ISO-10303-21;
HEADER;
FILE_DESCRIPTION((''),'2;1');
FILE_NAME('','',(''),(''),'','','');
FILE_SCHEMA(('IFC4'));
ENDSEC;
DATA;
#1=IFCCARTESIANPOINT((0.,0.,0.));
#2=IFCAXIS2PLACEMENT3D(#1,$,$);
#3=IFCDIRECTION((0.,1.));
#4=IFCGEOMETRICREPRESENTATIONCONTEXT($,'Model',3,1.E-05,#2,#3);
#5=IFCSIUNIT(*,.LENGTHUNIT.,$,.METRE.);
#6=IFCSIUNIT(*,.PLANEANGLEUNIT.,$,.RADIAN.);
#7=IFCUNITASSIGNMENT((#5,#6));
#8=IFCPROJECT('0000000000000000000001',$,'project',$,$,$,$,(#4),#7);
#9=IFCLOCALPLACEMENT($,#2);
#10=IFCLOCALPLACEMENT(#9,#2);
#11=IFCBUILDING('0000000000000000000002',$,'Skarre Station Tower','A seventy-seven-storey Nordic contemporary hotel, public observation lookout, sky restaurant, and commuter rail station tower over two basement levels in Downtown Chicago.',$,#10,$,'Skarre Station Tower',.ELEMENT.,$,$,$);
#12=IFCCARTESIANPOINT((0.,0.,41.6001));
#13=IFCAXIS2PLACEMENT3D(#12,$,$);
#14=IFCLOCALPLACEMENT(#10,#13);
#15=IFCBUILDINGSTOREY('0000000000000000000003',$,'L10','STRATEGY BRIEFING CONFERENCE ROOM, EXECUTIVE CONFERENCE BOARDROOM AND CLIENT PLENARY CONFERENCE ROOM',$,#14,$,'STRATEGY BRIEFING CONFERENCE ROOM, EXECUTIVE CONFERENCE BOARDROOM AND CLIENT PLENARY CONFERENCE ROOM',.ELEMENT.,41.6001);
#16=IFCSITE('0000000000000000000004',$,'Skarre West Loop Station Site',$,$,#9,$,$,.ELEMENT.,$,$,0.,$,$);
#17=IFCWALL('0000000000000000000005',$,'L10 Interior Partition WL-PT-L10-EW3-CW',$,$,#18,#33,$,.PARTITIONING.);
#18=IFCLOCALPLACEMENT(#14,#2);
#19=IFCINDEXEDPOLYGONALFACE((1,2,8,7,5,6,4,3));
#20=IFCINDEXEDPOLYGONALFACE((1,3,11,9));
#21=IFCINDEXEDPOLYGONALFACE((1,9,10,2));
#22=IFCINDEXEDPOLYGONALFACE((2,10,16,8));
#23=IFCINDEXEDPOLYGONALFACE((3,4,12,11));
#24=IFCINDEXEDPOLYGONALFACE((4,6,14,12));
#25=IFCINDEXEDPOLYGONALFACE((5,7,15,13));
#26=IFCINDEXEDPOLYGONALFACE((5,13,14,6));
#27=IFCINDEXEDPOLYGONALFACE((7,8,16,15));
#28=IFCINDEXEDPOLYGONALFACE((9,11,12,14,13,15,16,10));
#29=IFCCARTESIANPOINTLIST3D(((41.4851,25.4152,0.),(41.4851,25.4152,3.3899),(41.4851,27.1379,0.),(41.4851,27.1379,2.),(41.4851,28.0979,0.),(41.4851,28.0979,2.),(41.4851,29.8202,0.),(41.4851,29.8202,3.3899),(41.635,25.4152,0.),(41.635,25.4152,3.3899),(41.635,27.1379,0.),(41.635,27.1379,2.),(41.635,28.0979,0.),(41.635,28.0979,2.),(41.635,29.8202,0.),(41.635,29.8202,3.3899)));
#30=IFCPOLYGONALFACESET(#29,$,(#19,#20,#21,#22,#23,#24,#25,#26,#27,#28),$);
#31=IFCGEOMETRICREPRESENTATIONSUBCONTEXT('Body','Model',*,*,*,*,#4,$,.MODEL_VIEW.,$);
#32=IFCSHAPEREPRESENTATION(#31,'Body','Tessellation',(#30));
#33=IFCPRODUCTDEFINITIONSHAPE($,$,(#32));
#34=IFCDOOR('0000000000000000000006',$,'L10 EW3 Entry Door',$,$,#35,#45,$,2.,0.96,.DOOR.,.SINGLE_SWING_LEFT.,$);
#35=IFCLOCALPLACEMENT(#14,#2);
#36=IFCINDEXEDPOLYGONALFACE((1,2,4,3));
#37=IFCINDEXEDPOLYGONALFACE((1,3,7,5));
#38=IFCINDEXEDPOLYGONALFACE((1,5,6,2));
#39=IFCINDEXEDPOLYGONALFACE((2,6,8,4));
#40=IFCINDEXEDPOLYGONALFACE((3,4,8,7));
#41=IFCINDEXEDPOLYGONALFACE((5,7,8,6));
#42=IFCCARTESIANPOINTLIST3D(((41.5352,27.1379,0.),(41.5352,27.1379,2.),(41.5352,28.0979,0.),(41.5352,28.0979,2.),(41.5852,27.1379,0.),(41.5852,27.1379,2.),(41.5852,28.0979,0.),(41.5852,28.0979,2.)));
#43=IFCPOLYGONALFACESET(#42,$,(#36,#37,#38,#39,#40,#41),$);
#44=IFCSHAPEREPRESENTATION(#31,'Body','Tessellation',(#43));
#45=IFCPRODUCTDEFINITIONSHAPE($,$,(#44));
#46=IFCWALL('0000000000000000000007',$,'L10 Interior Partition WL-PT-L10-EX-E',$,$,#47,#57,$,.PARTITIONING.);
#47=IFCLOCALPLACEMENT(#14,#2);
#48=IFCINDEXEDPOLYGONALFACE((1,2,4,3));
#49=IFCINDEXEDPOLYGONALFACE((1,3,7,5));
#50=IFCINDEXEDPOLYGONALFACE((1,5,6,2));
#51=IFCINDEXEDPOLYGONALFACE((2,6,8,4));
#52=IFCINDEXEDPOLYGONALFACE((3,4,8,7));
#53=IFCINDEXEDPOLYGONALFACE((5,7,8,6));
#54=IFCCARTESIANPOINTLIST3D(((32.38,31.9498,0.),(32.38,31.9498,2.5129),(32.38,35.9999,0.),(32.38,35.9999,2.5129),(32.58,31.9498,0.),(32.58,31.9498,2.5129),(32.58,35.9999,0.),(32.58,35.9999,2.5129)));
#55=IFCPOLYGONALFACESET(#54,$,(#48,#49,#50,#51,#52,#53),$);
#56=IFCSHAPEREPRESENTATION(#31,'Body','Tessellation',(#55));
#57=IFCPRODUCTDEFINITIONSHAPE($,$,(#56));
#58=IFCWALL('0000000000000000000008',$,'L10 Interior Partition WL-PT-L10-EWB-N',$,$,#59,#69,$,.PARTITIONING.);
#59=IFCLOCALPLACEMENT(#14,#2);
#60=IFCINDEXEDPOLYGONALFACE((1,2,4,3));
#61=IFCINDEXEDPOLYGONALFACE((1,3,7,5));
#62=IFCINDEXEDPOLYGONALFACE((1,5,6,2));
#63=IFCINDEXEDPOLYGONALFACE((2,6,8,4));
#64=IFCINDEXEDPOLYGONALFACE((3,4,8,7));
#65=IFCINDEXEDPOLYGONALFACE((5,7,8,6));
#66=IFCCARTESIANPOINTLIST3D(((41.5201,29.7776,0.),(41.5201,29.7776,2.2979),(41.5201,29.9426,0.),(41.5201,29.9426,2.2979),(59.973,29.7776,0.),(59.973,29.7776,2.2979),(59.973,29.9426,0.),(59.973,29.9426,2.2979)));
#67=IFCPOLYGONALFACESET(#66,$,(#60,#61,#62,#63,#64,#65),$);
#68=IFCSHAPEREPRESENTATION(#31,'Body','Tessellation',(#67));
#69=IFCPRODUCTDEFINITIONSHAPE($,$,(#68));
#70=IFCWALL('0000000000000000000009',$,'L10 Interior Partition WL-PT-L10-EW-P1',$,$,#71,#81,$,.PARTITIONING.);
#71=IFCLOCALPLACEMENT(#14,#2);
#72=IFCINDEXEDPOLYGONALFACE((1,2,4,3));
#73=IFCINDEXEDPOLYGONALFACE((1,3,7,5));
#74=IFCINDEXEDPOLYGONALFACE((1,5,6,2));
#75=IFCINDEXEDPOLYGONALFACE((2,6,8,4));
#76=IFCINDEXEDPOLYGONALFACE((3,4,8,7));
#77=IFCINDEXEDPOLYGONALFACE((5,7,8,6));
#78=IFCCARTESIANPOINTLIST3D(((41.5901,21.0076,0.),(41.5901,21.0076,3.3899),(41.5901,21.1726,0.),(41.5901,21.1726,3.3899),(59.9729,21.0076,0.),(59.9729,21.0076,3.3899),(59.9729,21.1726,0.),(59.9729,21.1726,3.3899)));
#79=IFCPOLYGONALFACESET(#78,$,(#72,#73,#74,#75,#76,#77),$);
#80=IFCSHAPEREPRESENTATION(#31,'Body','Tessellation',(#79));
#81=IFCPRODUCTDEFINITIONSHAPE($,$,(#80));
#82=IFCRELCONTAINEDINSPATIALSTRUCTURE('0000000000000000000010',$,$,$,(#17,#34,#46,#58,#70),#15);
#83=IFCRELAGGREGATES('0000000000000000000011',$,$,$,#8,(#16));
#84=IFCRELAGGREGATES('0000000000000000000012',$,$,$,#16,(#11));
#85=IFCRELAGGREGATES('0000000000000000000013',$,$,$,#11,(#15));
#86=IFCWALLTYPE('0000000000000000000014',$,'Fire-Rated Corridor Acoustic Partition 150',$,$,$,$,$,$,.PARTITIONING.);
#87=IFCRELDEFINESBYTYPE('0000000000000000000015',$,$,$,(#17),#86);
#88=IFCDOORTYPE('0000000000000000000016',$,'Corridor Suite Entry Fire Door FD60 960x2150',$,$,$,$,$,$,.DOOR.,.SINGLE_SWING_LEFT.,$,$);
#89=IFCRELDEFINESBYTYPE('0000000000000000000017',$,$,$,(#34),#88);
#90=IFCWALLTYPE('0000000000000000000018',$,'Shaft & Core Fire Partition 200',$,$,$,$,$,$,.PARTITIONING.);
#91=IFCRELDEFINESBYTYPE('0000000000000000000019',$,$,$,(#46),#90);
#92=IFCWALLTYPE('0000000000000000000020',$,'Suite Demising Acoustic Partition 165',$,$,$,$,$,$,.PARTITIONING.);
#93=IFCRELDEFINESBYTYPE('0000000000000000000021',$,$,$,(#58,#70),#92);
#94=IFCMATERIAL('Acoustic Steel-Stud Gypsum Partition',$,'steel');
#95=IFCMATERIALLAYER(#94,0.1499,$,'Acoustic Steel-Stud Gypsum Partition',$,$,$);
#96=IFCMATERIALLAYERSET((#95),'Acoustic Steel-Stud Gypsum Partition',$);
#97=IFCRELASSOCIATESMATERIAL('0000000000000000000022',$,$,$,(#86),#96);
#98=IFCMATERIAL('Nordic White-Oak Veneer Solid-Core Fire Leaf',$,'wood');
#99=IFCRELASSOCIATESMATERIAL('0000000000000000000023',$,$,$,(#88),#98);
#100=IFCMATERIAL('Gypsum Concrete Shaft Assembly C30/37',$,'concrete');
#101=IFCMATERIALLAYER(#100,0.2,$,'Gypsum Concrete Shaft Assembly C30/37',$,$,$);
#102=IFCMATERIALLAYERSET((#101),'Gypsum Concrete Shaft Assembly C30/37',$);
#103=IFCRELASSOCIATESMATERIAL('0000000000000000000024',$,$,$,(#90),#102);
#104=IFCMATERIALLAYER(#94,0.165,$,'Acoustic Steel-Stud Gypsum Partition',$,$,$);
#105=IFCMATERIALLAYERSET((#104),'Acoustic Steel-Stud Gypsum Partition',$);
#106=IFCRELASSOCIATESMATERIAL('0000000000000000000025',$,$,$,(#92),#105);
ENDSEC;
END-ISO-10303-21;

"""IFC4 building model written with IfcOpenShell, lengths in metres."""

from ifc_helpers import new_model, si_unit, direction, frame, frame_2d, origin, place, context, subcontext, project, spatial, rectangle, extrude, material, layer, layer_set, type_object, element, fill, save


model = new_model("IFC4")

# Units and contexts
model_context = context("Model", 3, precision=1e-05, world=origin(), true_north=direction((0.0, 1.0)))
body_context = subcontext(model_context, "Body", "Model", "MODEL_VIEW")
ifc_project = project(units=[si_unit("LENGTHUNIT", "METRE"), si_unit("PLANEANGLEUNIT", "RADIAN")], contexts=[model_context])

# Site, building, storey
site_placement = place(None, origin())
site = spatial("IfcSite", under=ifc_project, at=site_placement, Name="Skarre West Loop Station Site", CompositionType="ELEMENT", RefElevation=0.0)
building_placement = place(site_placement, origin())
building = spatial("IfcBuilding", under=site, at=building_placement, Name="Skarre Station Tower", Description="A seventy-seven-storey Nordic contemporary hotel, public observation lookout, sky restaurant, and commuter rail station tower over two basement levels in Downtown Chicago.", LongName="Skarre Station Tower", CompositionType="ELEMENT")
storey_placement = place(building_placement, frame((0.0, 0.0, 41.6001)))
storey = spatial("IfcBuildingStorey", under=building, at=storey_placement, Name="L10", Description="STRATEGY BRIEFING CONFERENCE ROOM, EXECUTIVE CONFERENCE BOARDROOM AND CLIENT PLENARY CONFERENCE ROOM", LongName="STRATEGY BRIEFING CONFERENCE ROOM, EXECUTIVE CONFERENCE BOARDROOM AND CLIENT PLENARY CONFERENCE ROOM", CompositionType="ELEMENT", Elevation=41.6001)

# Shared definitions
ifc_material_1 = material(Name="Acoustic Steel-Stud Gypsum Partition", Category="steel")
ifc_layer_1 = layer(ifc_material_1, 0.1499, Name="Acoustic Steel-Stud Gypsum Partition")
ifc_layer_set_1 = layer_set([ifc_layer_1], Name="Acoustic Steel-Stud Gypsum Partition")
wall_type_1 = type_object("IfcWallType", Name="Fire-Rated Corridor Acoustic Partition 150", PredefinedType="PARTITIONING", material=ifc_layer_set_1)

# Wall, opening, door
ifc_material_2 = material(Name="Nordic White-Oak Veneer Solid-Core Fire Leaf", Category="wood")
door_type = type_object("IfcDoorType", Name="Corridor Suite Entry Fire Door FD60 960x2150", OperationType="SINGLE_SWING_LEFT", PredefinedType="DOOR", material=ifc_material_2)
wall_1_placement = place(storey_placement, frame((41.5601, 25.415, 0.0), z_axis=(0.0, 0.0, 1.0), x_axis=(0.0, 1.0, 0.0)))
wall_1 = element("IfcWall", 1, at=wall_1_placement, inside=storey, type_object=wall_type_1, Name="L10 Interior Partition WL-PT-L10-EW3-CW", PredefinedType="PARTITIONING", context=body_context, shape_type="SweptSolid", body=[
    extrude(rectangle(XDim=4.405, YDim=0.1499, at=frame_2d((2.2026, 0.0))), origin(), (0.0, 0.0, 1.0), 3.3899),
])
opening_1_placement = place(wall_1_placement, frame((1.7229, 0.0, 0.0)))
opening_1 = element("IfcOpeningElement", 2, at=opening_1_placement, cuts=wall_1, PredefinedType="OPENING", context=body_context, shape_type="SweptSolid", body=[
    extrude(rectangle(XDim=0.96, YDim=2.0, at=frame_2d((0.48, 1.0))), frame((0.0, 0.085, 0.0), z_axis=(0.0, -1.0, 0.0), x_axis=(1.0, 0.0, 0.0)), (0.0, 0.0, 1.0), 0.1699),
])
door_1_placement = place(opening_1_placement, origin())
door_1 = element("IfcDoor", 3, at=door_1_placement, inside=storey, type_object=door_type, Name="L10 EW3 Entry Door", OperationType="SINGLE_SWING_LEFT", OverallHeight=2.0, OverallWidth=0.96, PredefinedType="DOOR", context=body_context, shape_type="SweptSolid", body=[
    extrude(rectangle(XDim=0.96, YDim=2.0, at=frame_2d((0.48, 1.0))), frame((0.0, 0.0249, 0.0), z_axis=(0.0, -1.0, 0.0), x_axis=(1.0, 0.0, 0.0)), (0.0, 0.0, 1.0), 0.05),
])
fill(opening_1, door_1)

# Walls
ifc_material_3 = material(Name="Gypsum Concrete Shaft Assembly C30/37", Category="concrete")
ifc_layer_2 = layer(ifc_material_3, 0.2, Name="Gypsum Concrete Shaft Assembly C30/37")
ifc_layer_set_2 = layer_set([ifc_layer_2], Name="Gypsum Concrete Shaft Assembly C30/37")
wall_type_2 = type_object("IfcWallType", Name="Shaft & Core Fire Partition 200", PredefinedType="PARTITIONING", material=ifc_layer_set_2)
wall_2_placement = place(storey_placement, frame((32.48, 31.95, 0.0), z_axis=(0.0, 0.0, 1.0), x_axis=(0.0, 1.0, 0.0)))
element("IfcWall", 4, at=wall_2_placement, inside=storey, type_object=wall_type_2, Name="L10 Interior Partition WL-PT-L10-EX-E", PredefinedType="PARTITIONING", context=body_context, shape_type="SweptSolid", body=[
    extrude(rectangle(XDim=4.05, YDim=0.2, at=frame_2d((2.0249, 0.0))), origin(), (0.0, 0.0, 1.0), 2.5129),
])
ifc_layer_3 = layer(ifc_material_1, 0.165, Name="Acoustic Steel-Stud Gypsum Partition")
ifc_layer_set_3 = layer_set([ifc_layer_3], Name="Acoustic Steel-Stud Gypsum Partition")
wall_type_3 = type_object("IfcWallType", Name="Suite Demising Acoustic Partition 165", PredefinedType="PARTITIONING", material=ifc_layer_set_3)
wall_3_placement = place(storey_placement, frame((41.52, 29.8601, 0.0), z_axis=(0.0, 0.0, 1.0), x_axis=(1.0, 0.0, 0.0)))
element("IfcWall", 5, at=wall_3_placement, inside=storey, type_object=wall_type_3, Name="L10 Interior Partition WL-PT-L10-EWB-N", PredefinedType="PARTITIONING", context=body_context, shape_type="SweptSolid", body=[
    extrude(rectangle(XDim=18.4529, YDim=0.165, at=frame_2d((9.2266, 0.0))), origin(), (0.0, 0.0, 1.0), 2.2979),
])
wall_4_placement = place(storey_placement, frame((41.5901, 21.0901, 0.0), z_axis=(0.0, 0.0, 1.0), x_axis=(1.0, 0.0, 0.0)))
element("IfcWall", 6, at=wall_4_placement, inside=storey, type_object=wall_type_3, Name="L10 Interior Partition WL-PT-L10-EW-P1", PredefinedType="PARTITIONING", context=body_context, shape_type="SweptSolid", body=[
    extrude(rectangle(XDim=18.3828, YDim=0.165, at=frame_2d((9.1914, 0.0))), origin(), (0.0, 0.0, 1.0), 3.3899),
])

save(model, "model.ifc")
